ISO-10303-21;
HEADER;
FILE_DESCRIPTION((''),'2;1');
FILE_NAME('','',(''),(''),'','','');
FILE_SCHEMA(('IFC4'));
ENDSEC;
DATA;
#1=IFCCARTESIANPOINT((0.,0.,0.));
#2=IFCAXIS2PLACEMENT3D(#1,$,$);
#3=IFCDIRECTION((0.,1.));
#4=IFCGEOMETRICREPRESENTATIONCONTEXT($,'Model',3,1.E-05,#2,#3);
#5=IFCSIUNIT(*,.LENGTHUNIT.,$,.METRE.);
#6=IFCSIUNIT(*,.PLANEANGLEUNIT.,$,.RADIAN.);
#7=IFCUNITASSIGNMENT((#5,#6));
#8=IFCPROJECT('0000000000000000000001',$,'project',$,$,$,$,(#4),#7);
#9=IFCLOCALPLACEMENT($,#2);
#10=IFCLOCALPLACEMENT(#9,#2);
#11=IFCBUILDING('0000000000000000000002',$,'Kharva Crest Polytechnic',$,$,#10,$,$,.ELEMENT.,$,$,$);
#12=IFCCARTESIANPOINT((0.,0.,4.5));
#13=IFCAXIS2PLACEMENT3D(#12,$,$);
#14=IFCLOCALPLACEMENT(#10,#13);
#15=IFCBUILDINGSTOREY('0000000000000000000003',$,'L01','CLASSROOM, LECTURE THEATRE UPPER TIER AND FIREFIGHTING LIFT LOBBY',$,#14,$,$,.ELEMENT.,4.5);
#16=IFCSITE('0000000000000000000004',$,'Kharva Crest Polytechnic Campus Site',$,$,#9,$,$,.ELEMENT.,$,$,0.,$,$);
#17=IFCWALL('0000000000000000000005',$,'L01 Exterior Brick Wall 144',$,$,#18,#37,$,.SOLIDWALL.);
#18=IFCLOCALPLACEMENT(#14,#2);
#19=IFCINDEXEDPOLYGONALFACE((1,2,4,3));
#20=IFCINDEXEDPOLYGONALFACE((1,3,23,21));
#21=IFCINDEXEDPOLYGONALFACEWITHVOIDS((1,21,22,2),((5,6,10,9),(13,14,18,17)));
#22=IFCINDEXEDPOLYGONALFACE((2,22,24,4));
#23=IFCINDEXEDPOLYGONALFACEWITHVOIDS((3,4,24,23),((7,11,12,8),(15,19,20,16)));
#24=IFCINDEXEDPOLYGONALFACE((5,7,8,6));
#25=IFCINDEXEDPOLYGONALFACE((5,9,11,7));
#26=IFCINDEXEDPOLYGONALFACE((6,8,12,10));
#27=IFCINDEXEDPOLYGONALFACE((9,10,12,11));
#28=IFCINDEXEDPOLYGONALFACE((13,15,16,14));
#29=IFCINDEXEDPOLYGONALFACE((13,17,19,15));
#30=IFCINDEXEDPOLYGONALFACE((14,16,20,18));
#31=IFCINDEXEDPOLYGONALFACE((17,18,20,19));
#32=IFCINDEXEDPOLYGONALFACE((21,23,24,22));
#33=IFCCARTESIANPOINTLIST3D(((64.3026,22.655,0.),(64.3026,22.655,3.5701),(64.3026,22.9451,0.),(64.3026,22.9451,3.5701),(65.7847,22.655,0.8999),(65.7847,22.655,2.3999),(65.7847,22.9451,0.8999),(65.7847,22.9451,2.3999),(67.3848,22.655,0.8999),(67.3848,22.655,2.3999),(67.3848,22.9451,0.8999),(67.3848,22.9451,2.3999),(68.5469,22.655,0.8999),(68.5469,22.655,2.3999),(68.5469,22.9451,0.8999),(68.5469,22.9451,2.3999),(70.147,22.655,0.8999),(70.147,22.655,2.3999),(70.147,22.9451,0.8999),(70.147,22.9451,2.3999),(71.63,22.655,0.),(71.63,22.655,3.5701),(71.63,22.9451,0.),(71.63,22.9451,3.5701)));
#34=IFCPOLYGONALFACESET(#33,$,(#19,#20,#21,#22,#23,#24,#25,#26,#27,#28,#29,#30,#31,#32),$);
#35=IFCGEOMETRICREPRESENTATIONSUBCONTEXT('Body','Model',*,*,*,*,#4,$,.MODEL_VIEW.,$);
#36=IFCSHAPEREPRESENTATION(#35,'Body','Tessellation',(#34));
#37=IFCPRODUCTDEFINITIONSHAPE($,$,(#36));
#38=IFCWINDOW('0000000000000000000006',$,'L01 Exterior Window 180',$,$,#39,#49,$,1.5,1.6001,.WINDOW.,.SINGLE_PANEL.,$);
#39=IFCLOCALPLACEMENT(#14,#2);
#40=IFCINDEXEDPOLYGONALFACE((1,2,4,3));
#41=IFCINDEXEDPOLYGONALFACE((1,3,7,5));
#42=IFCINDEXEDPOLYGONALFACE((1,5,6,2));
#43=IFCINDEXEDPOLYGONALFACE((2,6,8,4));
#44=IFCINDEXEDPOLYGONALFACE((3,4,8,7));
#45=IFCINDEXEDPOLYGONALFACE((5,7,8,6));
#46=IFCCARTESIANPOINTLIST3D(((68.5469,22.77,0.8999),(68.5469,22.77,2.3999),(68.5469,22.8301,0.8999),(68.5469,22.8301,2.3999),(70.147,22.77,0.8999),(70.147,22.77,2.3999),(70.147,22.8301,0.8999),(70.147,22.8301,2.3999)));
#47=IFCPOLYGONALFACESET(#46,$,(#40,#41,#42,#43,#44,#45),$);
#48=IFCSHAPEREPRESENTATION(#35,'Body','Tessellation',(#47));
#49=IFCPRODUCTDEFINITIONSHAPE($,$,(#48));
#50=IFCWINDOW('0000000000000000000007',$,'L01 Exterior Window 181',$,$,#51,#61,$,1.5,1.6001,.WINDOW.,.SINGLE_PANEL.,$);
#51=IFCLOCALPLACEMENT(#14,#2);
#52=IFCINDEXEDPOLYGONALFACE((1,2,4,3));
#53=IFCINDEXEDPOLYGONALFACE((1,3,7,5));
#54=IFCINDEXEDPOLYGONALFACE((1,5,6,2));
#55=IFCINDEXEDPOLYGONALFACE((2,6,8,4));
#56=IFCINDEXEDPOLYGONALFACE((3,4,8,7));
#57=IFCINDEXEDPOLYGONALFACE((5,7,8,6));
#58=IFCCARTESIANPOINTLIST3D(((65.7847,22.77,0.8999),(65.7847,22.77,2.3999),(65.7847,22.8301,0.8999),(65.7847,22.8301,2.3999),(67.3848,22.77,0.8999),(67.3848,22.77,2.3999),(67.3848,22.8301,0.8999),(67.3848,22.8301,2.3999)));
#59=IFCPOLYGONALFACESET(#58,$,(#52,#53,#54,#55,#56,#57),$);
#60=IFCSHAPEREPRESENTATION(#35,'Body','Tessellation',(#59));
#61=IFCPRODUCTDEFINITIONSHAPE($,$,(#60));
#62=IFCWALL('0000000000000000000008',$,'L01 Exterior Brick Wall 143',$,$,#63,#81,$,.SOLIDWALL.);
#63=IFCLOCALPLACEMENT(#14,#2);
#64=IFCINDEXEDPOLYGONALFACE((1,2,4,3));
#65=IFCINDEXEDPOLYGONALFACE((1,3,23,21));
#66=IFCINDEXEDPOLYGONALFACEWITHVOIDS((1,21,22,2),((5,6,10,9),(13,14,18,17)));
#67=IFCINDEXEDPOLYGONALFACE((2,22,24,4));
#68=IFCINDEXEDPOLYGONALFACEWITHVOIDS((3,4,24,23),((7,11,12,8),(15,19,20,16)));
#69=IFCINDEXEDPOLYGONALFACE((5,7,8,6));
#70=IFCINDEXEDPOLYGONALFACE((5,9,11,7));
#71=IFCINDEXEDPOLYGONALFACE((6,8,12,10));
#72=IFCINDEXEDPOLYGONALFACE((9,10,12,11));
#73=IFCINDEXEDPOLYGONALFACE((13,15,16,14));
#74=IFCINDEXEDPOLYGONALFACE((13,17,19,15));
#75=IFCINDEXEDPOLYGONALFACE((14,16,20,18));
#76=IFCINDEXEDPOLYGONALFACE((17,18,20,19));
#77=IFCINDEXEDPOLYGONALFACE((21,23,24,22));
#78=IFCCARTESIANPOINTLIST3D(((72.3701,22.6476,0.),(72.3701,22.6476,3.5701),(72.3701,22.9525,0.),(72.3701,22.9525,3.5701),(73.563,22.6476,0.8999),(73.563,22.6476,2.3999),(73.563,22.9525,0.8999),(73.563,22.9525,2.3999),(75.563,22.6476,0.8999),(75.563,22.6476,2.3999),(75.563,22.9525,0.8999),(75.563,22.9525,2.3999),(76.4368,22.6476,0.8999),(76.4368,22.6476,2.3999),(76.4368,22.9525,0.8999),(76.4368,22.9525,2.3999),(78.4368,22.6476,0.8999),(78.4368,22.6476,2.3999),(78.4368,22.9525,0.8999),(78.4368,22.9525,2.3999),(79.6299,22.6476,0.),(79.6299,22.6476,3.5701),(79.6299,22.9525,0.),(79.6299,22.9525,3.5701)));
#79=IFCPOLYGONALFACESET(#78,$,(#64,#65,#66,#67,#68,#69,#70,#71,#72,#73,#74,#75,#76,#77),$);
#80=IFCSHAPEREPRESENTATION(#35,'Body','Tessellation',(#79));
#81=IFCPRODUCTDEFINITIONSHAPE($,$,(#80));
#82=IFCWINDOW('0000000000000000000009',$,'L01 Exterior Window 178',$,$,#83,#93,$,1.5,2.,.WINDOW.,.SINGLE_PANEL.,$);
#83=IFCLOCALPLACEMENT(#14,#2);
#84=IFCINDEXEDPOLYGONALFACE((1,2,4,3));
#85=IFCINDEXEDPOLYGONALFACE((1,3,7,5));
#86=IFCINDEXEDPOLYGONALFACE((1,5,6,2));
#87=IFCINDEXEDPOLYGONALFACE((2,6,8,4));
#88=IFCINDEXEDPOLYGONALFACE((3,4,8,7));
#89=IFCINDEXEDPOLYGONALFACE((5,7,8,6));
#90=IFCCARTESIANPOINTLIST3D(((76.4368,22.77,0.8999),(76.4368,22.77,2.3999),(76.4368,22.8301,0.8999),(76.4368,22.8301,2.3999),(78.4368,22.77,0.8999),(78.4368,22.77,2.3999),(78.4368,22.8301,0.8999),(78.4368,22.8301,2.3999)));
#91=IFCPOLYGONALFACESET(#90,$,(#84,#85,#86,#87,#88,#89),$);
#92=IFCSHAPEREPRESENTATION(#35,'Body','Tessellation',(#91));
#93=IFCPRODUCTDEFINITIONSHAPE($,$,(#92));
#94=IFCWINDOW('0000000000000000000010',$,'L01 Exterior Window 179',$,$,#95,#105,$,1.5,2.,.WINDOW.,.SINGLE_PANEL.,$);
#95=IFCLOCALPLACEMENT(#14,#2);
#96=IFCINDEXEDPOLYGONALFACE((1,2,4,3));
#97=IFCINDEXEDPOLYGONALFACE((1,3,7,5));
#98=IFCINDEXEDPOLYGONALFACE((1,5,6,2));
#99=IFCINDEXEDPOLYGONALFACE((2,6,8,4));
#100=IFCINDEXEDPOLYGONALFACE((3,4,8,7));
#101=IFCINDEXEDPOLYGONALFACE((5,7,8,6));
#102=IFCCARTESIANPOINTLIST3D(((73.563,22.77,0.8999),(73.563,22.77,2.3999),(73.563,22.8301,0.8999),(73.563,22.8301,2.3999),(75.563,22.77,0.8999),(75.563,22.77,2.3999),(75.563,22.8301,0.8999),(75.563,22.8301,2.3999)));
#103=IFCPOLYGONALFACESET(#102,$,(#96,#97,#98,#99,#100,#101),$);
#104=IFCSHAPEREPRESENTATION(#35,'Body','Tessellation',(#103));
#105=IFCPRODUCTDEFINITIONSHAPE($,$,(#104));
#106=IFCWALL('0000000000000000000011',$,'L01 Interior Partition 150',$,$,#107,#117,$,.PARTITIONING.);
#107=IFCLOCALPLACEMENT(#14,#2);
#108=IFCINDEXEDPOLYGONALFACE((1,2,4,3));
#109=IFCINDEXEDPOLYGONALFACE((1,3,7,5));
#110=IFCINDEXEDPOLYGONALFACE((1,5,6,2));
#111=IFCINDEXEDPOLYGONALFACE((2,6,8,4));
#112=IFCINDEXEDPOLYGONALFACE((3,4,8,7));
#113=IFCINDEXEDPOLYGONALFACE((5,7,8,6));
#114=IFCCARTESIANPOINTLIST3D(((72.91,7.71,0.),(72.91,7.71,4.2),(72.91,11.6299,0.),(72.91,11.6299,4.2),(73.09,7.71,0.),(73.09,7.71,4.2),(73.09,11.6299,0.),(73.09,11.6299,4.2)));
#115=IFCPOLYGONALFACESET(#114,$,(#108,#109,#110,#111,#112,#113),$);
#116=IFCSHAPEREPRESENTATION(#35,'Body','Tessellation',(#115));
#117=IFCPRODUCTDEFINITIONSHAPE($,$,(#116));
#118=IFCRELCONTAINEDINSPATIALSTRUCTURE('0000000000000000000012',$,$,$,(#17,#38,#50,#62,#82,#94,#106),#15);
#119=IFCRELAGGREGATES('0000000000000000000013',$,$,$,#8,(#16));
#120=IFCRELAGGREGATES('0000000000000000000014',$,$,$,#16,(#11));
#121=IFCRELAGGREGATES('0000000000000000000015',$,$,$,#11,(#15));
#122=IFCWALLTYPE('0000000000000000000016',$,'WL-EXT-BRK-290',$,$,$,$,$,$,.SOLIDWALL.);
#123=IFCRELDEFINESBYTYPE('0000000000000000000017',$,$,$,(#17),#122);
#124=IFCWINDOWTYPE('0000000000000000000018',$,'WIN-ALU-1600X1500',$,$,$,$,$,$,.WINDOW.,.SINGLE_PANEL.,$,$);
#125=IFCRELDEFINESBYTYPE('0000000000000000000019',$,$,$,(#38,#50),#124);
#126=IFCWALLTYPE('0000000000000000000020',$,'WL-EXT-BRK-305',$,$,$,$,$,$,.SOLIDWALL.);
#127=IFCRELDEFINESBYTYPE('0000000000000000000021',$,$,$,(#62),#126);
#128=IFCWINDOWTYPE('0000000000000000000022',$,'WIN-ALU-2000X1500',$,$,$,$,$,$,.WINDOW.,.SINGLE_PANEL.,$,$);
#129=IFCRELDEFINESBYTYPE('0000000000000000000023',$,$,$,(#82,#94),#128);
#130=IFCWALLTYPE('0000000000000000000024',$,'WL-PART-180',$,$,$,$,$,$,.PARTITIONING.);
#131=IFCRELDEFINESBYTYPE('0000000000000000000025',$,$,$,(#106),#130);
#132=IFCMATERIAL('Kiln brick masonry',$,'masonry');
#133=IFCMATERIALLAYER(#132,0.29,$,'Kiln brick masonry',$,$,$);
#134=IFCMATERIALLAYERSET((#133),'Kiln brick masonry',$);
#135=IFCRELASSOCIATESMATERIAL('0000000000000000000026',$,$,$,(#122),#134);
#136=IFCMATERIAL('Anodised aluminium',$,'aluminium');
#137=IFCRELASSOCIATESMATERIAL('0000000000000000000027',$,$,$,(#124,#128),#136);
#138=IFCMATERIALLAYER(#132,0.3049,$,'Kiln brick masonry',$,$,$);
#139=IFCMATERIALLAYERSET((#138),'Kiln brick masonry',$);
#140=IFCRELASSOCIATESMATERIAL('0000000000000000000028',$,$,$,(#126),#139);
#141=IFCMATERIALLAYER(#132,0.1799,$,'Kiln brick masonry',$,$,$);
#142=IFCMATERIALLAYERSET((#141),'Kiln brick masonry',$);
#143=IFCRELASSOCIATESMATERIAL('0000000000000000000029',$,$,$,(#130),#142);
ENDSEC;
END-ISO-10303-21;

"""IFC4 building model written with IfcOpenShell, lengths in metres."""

from ifc_helpers import new_model, si_unit, direction, frame, frame_2d, origin, place, context, subcontext, project, spatial, rectangle, extrude, material, layer, layer_set, type_object, element, fill, save


model = new_model("IFC4")

# Units and contexts
model_context = context("Model", 3, precision=1e-05, world=origin(), true_north=direction((0.0, 1.0)))
body_context = subcontext(model_context, "Body", "Model", "MODEL_VIEW")
ifc_project = project(units=[si_unit("LENGTHUNIT", "METRE"), si_unit("PLANEANGLEUNIT", "RADIAN")], contexts=[model_context])

# Site, building, storey
site_placement = place(None, origin())
site = spatial("IfcSite", under=ifc_project, at=site_placement, Name="Kharva Crest Polytechnic Campus Site", CompositionType="ELEMENT", RefElevation=0.0)
building_placement = place(site_placement, origin())
building = spatial("IfcBuilding", under=site, at=building_placement, Name="Kharva Crest Polytechnic", CompositionType="ELEMENT")
storey_placement = place(building_placement, frame((0.0, 0.0, 4.5)))
storey = spatial("IfcBuildingStorey", under=building, at=storey_placement, Name="L01", Description="CLASSROOM, LECTURE THEATRE UPPER TIER AND FIREFIGHTING LIFT LOBBY", CompositionType="ELEMENT", Elevation=4.5)

# Walls, openings, windows
ifc_material_1 = material(Name="Kiln brick masonry", Category="masonry")
ifc_layer_1 = layer(ifc_material_1, 0.29, Name="Kiln brick masonry")
ifc_layer_set_1 = layer_set([ifc_layer_1], Name="Kiln brick masonry")
wall_type_1 = type_object("IfcWallType", Name="WL-EXT-BRK-290", PredefinedType="SOLIDWALL", material=ifc_layer_set_1)
wall_1_placement = place(storey_placement, frame((71.6299, 22.8, 0.0), z_axis=(0.0, 0.0, 1.0), x_axis=(-1.0, 0.0, 0.0)))
wall_1 = element("IfcWall", 1, at=wall_1_placement, inside=storey, type_object=wall_type_1, Name="L01 Exterior Brick Wall 144", PredefinedType="SOLIDWALL", context=body_context, shape_type="SweptSolid", body=[
    extrude(rectangle(XDim=7.3274, YDim=0.29, at=frame_2d((3.6636, 0.0))), origin(), (0.0, 0.0, 1.0), 3.5701),
])
opening_1_placement = place(wall_1_placement, frame((1.4829, 0.0, 0.8999)))
opening_1 = element("IfcOpeningElement", 2, at=opening_1_placement, cuts=wall_1, PredefinedType="OPENING", context=body_context, shape_type="SweptSolid", body=[
    extrude(rectangle(XDim=1.6001, YDim=1.5, at=frame_2d((0.8, 0.75))), frame((0.0, 0.155, 0.0), z_axis=(0.0, -1.0, 0.0), x_axis=(1.0, 0.0, 0.0)), (0.0, 0.0, 1.0), 0.3101),
])
opening_2_placement = place(wall_1_placement, frame((4.2451, 0.0, 0.8999)))
opening_2 = element("IfcOpeningElement", 3, at=opening_2_placement, cuts=wall_1, PredefinedType="OPENING", context=body_context, shape_type="SweptSolid", body=[
    extrude(rectangle(XDim=1.6001, YDim=1.5, at=frame_2d((0.8, 0.75))), frame((0.0, 0.155, 0.0), z_axis=(0.0, -1.0, 0.0), x_axis=(1.0, 0.0, 0.0)), (0.0, 0.0, 1.0), 0.3101),
])
ifc_material_2 = material(Name="Anodised aluminium", Category="aluminium")
window_type_1 = type_object("IfcWindowType", Name="WIN-ALU-1600X1500", PartitioningType="SINGLE_PANEL", PredefinedType="WINDOW", material=ifc_material_2)
window_1_placement = place(opening_1_placement, origin())
window_1 = element("IfcWindow", 4, at=window_1_placement, inside=storey, type_object=window_type_1, Name="L01 Exterior Window 180", OverallHeight=1.5, OverallWidth=1.6001, PartitioningType="SINGLE_PANEL", PredefinedType="WINDOW", context=body_context, shape_type="SweptSolid", body=[
    extrude(rectangle(XDim=1.6001, YDim=1.5, at=frame_2d((0.8, 0.75))), frame((0.0, 0.03, 0.0), z_axis=(0.0, -1.0, 0.0), x_axis=(1.0, 0.0, 0.0)), (0.0, 0.0, 1.0), 0.0601),
])
fill(opening_1, window_1)
window_2_placement = place(opening_2_placement, origin())
window_2 = element("IfcWindow", 5, at=window_2_placement, inside=storey, type_object=window_type_1, Name="L01 Exterior Window 181", OverallHeight=1.5, OverallWidth=1.6001, PartitioningType="SINGLE_PANEL", PredefinedType="WINDOW", context=body_context, shape_type="SweptSolid", body=[
    extrude(rectangle(XDim=1.6001, YDim=1.5, at=frame_2d((0.8, 0.75))), frame((0.0, 0.03, 0.0), z_axis=(0.0, -1.0, 0.0), x_axis=(1.0, 0.0, 0.0)), (0.0, 0.0, 1.0), 0.0601),
])
fill(opening_2, window_2)
ifc_layer_2 = layer(ifc_material_1, 0.3049, Name="Kiln brick masonry")
ifc_layer_set_2 = layer_set([ifc_layer_2], Name="Kiln brick masonry")
wall_type_2 = type_object("IfcWallType", Name="WL-EXT-BRK-305", PredefinedType="SOLIDWALL", material=ifc_layer_set_2)
wall_2_placement = place(storey_placement, frame((79.6299, 22.8, 0.0), z_axis=(0.0, 0.0, 1.0), x_axis=(-1.0, 0.0, 0.0)))
wall_2 = element("IfcWall", 6, at=wall_2_placement, inside=storey, type_object=wall_type_2, Name="L01 Exterior Brick Wall 143", PredefinedType="SOLIDWALL", context=body_context, shape_type="SweptSolid", body=[
    extrude(rectangle(XDim=7.2598, YDim=0.3049, at=frame_2d((3.6299, 0.0))), origin(), (0.0, 0.0, 1.0), 3.5701),
])
opening_3_placement = place(wall_2_placement, frame((1.1931, 0.0, 0.8999)))
opening_3 = element("IfcOpeningElement", 7, at=opening_3_placement, cuts=wall_2, PredefinedType="OPENING", context=body_context, shape_type="SweptSolid", body=[
    extrude(rectangle(XDim=2.0, YDim=1.5, at=frame_2d((1.0, 0.75))), frame((0.0, 0.1624, 0.0), z_axis=(0.0, -1.0, 0.0), x_axis=(1.0, 0.0, 0.0)), (0.0, 0.0, 1.0), 0.325),
])
opening_4_placement = place(wall_2_placement, frame((4.0669, 0.0, 0.8999)))
opening_4 = element("IfcOpeningElement", 8, at=opening_4_placement, cuts=wall_2, PredefinedType="OPENING", context=body_context, shape_type="SweptSolid", body=[
    extrude(rectangle(XDim=2.0, YDim=1.5, at=frame_2d((1.0, 0.75))), frame((0.0, 0.1624, 0.0), z_axis=(0.0, -1.0, 0.0), x_axis=(1.0, 0.0, 0.0)), (0.0, 0.0, 1.0), 0.325),
])
window_type_2 = type_object("IfcWindowType", Name="WIN-ALU-2000X1500", PartitioningType="SINGLE_PANEL", PredefinedType="WINDOW", material=ifc_material_2)
window_3_placement = place(opening_3_placement, origin())
window_3 = element("IfcWindow", 9, at=window_3_placement, inside=storey, type_object=window_type_2, Name="L01 Exterior Window 178", OverallHeight=1.5, OverallWidth=2.0, PartitioningType="SINGLE_PANEL", PredefinedType="WINDOW", context=body_context, shape_type="SweptSolid", body=[
    extrude(rectangle(XDim=2.0, YDim=1.5, at=frame_2d((1.0, 0.75))), frame((0.0, 0.03, 0.0), z_axis=(0.0, -1.0, 0.0), x_axis=(1.0, 0.0, 0.0)), (0.0, 0.0, 1.0), 0.0601),
])
fill(opening_3, window_3)
window_4_placement = place(opening_4_placement, origin())
window_4 = element("IfcWindow", 10, at=window_4_placement, inside=storey, type_object=window_type_2, Name="L01 Exterior Window 179", OverallHeight=1.5, OverallWidth=2.0, PartitioningType="SINGLE_PANEL", PredefinedType="WINDOW", context=body_context, shape_type="SweptSolid", body=[
    extrude(rectangle(XDim=2.0, YDim=1.5, at=frame_2d((1.0, 0.75))), frame((0.0, 0.03, 0.0), z_axis=(0.0, -1.0, 0.0), x_axis=(1.0, 0.0, 0.0)), (0.0, 0.0, 1.0), 0.0601),
])
fill(opening_4, window_4)

# Wall
ifc_layer_3 = layer(ifc_material_1, 0.1799, Name="Kiln brick masonry")
ifc_layer_set_3 = layer_set([ifc_layer_3], Name="Kiln brick masonry")
wall_type_3 = type_object("IfcWallType", Name="WL-PART-180", PredefinedType="PARTITIONING", material=ifc_layer_set_3)
wall_3_placement = place(storey_placement, frame((73.0, 7.71, 0.0), z_axis=(0.0, 0.0, 1.0), x_axis=(0.0, 1.0, 0.0)))
element("IfcWall", 11, at=wall_3_placement, inside=storey, type_object=wall_type_3, Name="L01 Interior Partition 150", PredefinedType="PARTITIONING", context=body_context, shape_type="SweptSolid", body=[
    extrude(rectangle(XDim=3.9199, YDim=0.1799, at=frame_2d((1.96, 0.0))), origin(), (0.0, 0.0, 1.0), 4.2),
])

save(model, "model.ifc")
